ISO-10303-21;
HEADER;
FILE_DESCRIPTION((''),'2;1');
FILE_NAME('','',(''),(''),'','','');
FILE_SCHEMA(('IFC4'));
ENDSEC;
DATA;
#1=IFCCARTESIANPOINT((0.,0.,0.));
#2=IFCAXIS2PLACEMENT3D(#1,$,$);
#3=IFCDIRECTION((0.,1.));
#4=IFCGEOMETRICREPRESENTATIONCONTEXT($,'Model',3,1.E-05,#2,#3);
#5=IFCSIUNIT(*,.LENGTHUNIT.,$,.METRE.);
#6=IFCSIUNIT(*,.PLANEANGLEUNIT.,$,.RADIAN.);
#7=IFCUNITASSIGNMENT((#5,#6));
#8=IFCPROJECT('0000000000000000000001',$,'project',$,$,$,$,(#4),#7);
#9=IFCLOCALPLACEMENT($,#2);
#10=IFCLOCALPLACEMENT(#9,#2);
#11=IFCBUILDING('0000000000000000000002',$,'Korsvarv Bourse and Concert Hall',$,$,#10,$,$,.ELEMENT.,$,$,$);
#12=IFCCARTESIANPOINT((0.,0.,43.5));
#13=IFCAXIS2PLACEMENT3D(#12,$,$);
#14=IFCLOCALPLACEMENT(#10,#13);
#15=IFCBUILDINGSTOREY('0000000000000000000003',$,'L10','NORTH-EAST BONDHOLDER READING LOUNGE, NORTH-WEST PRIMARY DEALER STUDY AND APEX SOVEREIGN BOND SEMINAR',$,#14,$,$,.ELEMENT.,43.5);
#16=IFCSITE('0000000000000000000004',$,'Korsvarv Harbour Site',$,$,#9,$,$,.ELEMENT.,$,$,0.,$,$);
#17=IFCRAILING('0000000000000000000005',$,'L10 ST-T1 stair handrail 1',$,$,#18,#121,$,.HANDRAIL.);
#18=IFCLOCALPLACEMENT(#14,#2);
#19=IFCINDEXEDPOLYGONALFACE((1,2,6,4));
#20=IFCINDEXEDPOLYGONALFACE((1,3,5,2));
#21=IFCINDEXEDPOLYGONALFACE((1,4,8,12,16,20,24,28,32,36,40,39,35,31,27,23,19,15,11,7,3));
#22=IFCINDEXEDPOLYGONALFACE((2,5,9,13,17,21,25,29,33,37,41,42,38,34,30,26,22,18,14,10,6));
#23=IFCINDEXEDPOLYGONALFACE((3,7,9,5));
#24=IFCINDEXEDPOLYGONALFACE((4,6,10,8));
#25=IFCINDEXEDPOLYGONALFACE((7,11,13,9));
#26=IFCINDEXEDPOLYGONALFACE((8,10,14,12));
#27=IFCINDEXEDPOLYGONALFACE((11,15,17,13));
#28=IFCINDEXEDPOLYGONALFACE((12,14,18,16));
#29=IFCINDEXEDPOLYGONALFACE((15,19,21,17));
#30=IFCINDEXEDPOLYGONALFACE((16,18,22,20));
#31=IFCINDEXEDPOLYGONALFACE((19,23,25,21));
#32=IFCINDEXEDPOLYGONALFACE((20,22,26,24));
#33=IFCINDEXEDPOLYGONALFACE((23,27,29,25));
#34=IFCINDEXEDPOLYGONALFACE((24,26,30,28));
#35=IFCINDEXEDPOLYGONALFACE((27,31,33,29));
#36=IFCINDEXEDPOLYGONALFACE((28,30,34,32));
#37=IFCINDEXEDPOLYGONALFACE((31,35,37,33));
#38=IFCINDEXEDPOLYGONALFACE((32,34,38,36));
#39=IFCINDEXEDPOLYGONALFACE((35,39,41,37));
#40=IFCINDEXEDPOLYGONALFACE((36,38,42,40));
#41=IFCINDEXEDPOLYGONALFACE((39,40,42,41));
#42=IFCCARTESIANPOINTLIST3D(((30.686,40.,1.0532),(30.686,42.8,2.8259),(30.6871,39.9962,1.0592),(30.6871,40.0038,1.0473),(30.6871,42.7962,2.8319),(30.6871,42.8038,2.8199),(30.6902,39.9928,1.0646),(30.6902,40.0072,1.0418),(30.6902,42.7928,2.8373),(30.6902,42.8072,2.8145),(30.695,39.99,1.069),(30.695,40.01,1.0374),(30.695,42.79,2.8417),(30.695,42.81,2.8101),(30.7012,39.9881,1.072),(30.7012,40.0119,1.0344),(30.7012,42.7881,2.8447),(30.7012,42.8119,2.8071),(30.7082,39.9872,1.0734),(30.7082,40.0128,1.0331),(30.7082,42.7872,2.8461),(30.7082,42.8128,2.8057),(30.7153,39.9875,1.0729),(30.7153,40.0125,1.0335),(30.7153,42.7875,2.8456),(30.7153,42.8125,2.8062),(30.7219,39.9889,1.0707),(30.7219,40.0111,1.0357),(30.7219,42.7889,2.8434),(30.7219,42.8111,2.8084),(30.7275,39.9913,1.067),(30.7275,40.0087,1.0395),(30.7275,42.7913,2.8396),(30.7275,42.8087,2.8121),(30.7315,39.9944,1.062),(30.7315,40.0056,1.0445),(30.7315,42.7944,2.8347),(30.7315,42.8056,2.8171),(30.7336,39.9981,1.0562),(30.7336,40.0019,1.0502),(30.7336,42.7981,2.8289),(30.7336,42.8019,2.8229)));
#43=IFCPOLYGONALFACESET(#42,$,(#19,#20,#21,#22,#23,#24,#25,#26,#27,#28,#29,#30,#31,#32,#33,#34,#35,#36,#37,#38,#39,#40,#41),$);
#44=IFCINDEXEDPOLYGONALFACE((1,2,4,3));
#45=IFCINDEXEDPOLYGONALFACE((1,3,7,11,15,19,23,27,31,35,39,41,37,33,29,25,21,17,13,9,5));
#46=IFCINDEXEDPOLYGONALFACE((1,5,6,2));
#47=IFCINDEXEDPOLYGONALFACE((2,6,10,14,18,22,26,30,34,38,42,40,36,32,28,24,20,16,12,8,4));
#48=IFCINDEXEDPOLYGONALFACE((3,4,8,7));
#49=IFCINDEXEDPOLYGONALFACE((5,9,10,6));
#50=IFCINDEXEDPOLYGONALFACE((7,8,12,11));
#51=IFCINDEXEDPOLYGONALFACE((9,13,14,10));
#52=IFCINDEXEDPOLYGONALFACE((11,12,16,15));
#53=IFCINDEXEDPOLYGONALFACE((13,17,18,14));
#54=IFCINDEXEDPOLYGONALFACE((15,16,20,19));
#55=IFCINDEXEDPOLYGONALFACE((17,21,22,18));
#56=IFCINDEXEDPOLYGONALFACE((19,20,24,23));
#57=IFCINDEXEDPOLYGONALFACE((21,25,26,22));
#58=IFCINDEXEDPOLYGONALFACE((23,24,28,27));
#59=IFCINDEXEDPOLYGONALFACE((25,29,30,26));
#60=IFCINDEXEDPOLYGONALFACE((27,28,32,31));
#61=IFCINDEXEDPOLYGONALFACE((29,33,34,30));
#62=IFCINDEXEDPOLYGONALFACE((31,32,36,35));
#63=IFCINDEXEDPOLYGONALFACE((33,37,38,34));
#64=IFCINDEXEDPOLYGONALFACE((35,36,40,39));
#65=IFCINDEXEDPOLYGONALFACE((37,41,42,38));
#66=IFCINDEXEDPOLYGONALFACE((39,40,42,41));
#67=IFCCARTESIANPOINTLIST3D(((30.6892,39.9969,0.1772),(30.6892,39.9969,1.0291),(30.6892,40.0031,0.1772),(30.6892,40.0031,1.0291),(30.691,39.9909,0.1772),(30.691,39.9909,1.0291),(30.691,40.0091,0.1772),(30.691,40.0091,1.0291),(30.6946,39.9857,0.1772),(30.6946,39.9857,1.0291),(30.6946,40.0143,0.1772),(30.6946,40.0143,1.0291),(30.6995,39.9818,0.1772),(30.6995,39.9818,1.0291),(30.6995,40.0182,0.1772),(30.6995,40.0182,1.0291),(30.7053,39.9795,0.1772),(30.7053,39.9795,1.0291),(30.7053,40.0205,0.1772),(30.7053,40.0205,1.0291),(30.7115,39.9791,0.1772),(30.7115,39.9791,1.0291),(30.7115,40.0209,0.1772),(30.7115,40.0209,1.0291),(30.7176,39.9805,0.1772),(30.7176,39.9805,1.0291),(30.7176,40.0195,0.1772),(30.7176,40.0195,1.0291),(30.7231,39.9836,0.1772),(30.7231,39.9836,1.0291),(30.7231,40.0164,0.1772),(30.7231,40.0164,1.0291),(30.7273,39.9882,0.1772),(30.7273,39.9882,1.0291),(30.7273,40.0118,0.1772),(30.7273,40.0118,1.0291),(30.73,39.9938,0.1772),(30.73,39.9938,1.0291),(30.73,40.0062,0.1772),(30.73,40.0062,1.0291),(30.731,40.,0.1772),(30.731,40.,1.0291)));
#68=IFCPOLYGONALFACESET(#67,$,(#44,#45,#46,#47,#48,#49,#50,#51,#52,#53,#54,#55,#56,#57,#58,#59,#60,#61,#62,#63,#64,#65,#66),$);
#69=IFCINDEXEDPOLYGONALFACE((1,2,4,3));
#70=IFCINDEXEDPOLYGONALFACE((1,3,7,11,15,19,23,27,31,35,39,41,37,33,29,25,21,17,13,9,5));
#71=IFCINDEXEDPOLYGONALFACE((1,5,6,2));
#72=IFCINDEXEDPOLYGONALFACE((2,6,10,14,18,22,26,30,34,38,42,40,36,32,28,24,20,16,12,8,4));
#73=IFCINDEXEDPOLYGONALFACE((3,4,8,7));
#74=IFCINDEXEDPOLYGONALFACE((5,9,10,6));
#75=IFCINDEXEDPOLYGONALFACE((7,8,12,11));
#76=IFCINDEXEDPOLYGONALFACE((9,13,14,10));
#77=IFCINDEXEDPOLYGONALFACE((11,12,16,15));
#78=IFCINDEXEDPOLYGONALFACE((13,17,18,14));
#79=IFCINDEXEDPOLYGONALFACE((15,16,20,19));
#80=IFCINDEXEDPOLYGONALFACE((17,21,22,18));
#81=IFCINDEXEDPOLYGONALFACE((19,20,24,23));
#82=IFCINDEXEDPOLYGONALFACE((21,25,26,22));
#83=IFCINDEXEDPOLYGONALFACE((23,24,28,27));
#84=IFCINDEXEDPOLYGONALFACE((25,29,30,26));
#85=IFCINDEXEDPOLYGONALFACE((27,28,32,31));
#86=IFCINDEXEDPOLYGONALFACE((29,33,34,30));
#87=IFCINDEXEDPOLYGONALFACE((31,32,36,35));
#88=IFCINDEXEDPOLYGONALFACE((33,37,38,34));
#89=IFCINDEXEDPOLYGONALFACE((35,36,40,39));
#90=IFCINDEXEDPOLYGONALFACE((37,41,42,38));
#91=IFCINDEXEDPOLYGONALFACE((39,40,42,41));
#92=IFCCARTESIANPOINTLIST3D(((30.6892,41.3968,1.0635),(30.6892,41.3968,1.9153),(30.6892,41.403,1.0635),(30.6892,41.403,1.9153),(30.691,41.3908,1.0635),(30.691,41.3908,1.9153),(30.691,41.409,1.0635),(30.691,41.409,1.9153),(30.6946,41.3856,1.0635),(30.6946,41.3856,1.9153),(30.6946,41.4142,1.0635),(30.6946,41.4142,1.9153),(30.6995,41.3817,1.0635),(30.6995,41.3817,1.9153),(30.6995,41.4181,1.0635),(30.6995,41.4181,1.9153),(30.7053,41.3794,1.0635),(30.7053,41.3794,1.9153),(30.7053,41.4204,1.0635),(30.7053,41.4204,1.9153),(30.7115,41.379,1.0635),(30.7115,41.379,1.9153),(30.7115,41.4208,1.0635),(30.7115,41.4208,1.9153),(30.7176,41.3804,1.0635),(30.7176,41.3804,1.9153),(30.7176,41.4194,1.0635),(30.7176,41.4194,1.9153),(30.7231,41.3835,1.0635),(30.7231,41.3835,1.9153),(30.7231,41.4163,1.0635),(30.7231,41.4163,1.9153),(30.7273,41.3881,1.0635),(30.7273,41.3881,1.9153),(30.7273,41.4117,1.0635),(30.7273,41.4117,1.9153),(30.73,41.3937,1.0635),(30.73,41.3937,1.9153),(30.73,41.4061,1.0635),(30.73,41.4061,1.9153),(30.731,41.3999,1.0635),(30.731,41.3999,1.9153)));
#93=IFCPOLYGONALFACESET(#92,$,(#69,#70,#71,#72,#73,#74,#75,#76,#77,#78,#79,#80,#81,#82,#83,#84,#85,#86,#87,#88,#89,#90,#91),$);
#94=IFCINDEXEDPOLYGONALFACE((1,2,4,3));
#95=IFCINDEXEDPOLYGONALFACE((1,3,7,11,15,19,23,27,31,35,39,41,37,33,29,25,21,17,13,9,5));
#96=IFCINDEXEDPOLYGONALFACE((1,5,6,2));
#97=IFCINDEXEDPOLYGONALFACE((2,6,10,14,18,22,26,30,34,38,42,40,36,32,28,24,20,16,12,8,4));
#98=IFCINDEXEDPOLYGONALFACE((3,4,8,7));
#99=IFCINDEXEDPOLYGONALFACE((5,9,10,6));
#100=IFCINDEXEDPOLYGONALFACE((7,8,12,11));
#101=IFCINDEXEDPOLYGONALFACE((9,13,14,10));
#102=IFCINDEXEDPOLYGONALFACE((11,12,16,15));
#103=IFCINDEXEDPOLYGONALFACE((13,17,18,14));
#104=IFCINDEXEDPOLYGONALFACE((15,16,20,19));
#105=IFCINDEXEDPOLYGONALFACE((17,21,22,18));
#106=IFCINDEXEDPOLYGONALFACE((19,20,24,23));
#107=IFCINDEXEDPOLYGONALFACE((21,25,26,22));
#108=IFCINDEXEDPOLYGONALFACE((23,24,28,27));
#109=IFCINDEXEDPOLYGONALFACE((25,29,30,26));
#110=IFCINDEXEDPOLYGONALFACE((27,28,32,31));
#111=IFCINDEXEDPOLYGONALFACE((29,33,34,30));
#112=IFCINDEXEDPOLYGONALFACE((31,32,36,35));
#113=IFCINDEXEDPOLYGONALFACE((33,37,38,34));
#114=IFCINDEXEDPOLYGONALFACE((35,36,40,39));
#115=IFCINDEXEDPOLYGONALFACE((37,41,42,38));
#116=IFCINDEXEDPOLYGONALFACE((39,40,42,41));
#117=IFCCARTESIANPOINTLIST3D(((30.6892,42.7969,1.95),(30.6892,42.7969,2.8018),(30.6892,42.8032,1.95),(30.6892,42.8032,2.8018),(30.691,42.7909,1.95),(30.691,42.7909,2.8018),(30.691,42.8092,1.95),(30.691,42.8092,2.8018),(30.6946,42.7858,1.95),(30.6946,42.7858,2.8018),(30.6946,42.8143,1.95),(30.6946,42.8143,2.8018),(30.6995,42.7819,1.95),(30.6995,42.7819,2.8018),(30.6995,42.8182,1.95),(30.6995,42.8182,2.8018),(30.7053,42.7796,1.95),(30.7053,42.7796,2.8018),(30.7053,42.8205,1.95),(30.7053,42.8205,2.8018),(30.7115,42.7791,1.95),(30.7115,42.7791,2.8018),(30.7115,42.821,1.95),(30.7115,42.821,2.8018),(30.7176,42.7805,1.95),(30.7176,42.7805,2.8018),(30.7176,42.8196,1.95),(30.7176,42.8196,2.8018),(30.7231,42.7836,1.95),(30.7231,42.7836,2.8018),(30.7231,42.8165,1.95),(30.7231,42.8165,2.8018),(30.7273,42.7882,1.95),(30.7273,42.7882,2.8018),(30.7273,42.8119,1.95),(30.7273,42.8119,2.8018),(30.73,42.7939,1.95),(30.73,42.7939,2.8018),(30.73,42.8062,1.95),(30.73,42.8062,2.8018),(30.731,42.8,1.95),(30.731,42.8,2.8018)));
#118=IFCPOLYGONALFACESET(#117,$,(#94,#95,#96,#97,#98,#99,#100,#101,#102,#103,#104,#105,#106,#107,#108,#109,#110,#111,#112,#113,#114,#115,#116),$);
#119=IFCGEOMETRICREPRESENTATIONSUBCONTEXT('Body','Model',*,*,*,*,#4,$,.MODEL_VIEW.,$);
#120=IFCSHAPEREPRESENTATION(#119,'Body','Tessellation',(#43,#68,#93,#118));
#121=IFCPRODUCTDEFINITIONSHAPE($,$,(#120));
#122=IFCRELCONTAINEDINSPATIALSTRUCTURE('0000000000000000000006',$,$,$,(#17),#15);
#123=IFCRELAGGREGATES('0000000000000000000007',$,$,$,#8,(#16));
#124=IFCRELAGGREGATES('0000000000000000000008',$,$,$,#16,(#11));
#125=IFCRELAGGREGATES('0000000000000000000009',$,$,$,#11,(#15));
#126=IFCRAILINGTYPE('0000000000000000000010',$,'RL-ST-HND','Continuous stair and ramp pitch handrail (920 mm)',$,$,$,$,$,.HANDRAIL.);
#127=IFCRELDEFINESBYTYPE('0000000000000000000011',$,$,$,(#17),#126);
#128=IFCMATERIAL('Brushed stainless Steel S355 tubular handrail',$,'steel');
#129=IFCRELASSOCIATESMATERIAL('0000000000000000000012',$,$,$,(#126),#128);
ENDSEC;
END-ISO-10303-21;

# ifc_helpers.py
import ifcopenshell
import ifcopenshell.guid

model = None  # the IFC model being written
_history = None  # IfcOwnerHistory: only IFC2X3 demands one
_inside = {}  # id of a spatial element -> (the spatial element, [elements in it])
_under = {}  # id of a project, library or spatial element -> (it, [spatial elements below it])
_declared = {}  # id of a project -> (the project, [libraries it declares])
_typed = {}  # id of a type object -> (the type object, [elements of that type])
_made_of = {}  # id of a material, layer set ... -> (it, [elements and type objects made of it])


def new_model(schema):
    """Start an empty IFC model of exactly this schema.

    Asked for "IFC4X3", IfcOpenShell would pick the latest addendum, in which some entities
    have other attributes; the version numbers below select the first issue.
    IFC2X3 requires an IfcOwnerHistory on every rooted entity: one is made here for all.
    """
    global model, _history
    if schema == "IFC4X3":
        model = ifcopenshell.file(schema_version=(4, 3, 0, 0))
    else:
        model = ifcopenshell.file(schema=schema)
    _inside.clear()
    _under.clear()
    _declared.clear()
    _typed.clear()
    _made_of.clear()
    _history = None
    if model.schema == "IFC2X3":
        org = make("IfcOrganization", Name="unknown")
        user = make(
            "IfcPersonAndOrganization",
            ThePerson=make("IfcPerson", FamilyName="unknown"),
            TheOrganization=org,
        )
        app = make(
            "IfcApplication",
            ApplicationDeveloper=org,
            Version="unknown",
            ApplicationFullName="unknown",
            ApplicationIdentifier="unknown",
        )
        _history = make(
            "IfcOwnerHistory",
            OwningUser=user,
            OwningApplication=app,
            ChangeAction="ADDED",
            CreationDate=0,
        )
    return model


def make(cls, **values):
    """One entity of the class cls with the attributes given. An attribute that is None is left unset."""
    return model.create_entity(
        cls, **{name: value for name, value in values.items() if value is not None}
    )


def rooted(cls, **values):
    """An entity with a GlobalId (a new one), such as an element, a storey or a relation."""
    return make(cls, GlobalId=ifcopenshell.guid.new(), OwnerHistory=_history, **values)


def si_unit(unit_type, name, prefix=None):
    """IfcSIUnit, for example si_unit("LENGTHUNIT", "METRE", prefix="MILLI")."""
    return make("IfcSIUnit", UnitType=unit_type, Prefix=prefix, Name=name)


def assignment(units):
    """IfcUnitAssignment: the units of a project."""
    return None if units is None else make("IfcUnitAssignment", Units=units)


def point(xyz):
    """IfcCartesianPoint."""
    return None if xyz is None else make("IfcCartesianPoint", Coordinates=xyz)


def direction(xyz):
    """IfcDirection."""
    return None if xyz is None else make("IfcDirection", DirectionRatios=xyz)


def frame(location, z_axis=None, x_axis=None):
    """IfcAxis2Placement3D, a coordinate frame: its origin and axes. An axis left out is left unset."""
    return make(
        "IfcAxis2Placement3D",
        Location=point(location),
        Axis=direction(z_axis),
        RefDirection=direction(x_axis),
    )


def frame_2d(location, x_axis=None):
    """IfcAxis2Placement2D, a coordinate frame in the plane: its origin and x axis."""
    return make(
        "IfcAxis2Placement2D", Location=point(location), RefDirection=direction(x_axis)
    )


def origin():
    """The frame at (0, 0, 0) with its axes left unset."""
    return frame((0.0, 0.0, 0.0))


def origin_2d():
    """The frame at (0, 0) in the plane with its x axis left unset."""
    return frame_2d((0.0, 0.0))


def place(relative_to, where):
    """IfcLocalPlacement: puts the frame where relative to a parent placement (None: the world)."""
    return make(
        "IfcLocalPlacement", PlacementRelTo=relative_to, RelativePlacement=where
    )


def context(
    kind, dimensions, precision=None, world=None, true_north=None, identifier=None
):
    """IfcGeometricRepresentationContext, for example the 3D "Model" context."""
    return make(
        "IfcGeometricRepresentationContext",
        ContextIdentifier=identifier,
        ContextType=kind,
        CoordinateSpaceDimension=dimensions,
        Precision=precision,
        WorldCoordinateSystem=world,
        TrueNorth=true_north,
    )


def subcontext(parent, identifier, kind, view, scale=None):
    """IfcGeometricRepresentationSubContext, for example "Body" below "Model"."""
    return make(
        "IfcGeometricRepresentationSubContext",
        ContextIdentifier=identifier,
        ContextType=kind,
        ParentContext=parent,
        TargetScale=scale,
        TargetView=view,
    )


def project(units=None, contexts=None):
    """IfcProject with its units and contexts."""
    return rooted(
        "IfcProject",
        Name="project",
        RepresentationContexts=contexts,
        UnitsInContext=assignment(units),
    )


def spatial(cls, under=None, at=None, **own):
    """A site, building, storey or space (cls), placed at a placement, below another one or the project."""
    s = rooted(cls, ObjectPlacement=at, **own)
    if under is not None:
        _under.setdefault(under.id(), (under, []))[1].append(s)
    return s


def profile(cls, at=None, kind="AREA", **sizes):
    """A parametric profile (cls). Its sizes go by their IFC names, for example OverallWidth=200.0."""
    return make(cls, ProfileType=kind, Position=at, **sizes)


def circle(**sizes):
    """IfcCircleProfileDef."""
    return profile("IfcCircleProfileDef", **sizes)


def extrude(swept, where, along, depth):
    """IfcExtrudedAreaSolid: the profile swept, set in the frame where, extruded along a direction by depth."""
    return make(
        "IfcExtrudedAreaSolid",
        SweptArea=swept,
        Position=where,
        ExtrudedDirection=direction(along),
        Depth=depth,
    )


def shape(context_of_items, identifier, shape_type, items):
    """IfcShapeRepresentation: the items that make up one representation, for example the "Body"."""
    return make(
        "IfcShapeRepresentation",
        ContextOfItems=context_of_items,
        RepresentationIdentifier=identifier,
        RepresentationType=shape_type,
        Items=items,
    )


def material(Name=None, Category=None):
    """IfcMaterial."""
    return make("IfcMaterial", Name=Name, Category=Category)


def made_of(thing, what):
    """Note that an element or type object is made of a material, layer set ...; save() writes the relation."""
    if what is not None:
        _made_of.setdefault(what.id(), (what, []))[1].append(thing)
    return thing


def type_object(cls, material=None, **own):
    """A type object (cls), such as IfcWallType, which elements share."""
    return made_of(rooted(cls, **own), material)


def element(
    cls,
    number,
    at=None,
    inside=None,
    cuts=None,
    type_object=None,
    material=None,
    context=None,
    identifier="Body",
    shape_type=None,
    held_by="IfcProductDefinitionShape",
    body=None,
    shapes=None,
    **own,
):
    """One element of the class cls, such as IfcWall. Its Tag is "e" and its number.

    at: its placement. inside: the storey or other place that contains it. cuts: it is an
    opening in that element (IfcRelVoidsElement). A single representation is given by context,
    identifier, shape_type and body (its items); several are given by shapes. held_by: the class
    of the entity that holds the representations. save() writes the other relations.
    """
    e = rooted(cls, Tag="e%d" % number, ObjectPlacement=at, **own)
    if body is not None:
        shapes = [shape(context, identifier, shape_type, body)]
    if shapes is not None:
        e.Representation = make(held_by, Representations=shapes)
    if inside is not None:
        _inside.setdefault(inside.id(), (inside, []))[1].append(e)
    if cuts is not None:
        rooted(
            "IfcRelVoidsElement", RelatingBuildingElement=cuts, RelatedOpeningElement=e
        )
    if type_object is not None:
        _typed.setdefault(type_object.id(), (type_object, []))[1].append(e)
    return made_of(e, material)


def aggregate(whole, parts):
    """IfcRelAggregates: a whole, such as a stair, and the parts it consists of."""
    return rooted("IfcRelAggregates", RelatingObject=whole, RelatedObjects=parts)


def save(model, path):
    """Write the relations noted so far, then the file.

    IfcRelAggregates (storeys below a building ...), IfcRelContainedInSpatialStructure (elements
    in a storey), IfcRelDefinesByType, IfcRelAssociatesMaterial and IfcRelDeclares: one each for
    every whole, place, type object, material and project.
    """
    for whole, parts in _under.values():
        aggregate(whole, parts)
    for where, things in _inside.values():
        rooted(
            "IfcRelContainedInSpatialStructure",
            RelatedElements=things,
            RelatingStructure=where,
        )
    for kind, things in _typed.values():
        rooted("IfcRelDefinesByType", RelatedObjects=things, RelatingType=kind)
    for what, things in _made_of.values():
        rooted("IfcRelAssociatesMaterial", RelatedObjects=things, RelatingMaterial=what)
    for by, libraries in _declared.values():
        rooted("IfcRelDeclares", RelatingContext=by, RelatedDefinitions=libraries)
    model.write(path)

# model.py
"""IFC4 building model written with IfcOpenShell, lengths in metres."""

from ifc_helpers import new_model, si_unit, direction, frame, origin, origin_2d, place, context, subcontext, project, spatial, circle, extrude, material, type_object, element, save


model = new_model("IFC4")

# Units and contexts
model_context = context("Model", 3, precision=1e-05, world=origin(), true_north=direction((0.0, 1.0)))
body_context = subcontext(model_context, "Body", "Model", "MODEL_VIEW")
ifc_project = project(units=[si_unit("LENGTHUNIT", "METRE"), si_unit("PLANEANGLEUNIT", "RADIAN")], contexts=[model_context])

# Site, building, storey
site_placement = place(None, origin())
site = spatial("IfcSite", under=ifc_project, at=site_placement, Name="Korsvarv Harbour Site", CompositionType="ELEMENT", RefElevation=0.0)
building_placement = place(site_placement, origin())
building = spatial("IfcBuilding", under=site, at=building_placement, Name="Korsvarv Bourse and Concert Hall", CompositionType="ELEMENT")
storey_placement = place(building_placement, frame((0.0, 0.0, 43.5)))
storey = spatial("IfcBuildingStorey", under=building, at=storey_placement, Name="L10", Description="NORTH-EAST BONDHOLDER READING LOUNGE, NORTH-WEST PRIMARY DEALER STUDY AND APEX SOVEREIGN BOND SEMINAR", CompositionType="ELEMENT", Elevation=43.5)

# Railing
ifc_material_1 = material(Name="Brushed stainless Steel S355 tubular handrail", Category="steel")
railing_type_1 = type_object("IfcRailingType", Name="RL-ST-HND", Description="Continuous stair and ramp pitch handrail (920 mm)", PredefinedType="HANDRAIL", material=ifc_material_1)
railing_1_placement = place(storey_placement, frame((30.71, 40.0, 0.1772)))
element("IfcRailing", 1, at=railing_1_placement, inside=storey, type_object=railing_type_1, Name="L10 ST-T1 stair handrail 1", PredefinedType="HANDRAIL", context=body_context, shape_type="SweptSolid", body=[
    extrude(circle(Radius=0.0239, at=origin_2d()), frame((0.0, 0.0, 0.876), z_axis=(0.0, 0.844909, 0.53491), x_axis=(-1.0, 0.0, 0.0)), (0.0, 0.0, 1.0), 3.314),
    extrude(circle(Radius=0.021, at=origin_2d()), origin(), (0.0, 0.0, 1.0), 0.8518),
    extrude(circle(Radius=0.021, at=origin_2d()), frame((0.0, 1.3999, 0.8862)), (0.0, 0.0, 1.0), 0.8518),
    extrude(circle(Radius=0.021, at=origin_2d()), frame((0.0, 2.8, 1.7727)), (0.0, 0.0, 1.0), 0.8518),
])

save(model, "model.ifc")
